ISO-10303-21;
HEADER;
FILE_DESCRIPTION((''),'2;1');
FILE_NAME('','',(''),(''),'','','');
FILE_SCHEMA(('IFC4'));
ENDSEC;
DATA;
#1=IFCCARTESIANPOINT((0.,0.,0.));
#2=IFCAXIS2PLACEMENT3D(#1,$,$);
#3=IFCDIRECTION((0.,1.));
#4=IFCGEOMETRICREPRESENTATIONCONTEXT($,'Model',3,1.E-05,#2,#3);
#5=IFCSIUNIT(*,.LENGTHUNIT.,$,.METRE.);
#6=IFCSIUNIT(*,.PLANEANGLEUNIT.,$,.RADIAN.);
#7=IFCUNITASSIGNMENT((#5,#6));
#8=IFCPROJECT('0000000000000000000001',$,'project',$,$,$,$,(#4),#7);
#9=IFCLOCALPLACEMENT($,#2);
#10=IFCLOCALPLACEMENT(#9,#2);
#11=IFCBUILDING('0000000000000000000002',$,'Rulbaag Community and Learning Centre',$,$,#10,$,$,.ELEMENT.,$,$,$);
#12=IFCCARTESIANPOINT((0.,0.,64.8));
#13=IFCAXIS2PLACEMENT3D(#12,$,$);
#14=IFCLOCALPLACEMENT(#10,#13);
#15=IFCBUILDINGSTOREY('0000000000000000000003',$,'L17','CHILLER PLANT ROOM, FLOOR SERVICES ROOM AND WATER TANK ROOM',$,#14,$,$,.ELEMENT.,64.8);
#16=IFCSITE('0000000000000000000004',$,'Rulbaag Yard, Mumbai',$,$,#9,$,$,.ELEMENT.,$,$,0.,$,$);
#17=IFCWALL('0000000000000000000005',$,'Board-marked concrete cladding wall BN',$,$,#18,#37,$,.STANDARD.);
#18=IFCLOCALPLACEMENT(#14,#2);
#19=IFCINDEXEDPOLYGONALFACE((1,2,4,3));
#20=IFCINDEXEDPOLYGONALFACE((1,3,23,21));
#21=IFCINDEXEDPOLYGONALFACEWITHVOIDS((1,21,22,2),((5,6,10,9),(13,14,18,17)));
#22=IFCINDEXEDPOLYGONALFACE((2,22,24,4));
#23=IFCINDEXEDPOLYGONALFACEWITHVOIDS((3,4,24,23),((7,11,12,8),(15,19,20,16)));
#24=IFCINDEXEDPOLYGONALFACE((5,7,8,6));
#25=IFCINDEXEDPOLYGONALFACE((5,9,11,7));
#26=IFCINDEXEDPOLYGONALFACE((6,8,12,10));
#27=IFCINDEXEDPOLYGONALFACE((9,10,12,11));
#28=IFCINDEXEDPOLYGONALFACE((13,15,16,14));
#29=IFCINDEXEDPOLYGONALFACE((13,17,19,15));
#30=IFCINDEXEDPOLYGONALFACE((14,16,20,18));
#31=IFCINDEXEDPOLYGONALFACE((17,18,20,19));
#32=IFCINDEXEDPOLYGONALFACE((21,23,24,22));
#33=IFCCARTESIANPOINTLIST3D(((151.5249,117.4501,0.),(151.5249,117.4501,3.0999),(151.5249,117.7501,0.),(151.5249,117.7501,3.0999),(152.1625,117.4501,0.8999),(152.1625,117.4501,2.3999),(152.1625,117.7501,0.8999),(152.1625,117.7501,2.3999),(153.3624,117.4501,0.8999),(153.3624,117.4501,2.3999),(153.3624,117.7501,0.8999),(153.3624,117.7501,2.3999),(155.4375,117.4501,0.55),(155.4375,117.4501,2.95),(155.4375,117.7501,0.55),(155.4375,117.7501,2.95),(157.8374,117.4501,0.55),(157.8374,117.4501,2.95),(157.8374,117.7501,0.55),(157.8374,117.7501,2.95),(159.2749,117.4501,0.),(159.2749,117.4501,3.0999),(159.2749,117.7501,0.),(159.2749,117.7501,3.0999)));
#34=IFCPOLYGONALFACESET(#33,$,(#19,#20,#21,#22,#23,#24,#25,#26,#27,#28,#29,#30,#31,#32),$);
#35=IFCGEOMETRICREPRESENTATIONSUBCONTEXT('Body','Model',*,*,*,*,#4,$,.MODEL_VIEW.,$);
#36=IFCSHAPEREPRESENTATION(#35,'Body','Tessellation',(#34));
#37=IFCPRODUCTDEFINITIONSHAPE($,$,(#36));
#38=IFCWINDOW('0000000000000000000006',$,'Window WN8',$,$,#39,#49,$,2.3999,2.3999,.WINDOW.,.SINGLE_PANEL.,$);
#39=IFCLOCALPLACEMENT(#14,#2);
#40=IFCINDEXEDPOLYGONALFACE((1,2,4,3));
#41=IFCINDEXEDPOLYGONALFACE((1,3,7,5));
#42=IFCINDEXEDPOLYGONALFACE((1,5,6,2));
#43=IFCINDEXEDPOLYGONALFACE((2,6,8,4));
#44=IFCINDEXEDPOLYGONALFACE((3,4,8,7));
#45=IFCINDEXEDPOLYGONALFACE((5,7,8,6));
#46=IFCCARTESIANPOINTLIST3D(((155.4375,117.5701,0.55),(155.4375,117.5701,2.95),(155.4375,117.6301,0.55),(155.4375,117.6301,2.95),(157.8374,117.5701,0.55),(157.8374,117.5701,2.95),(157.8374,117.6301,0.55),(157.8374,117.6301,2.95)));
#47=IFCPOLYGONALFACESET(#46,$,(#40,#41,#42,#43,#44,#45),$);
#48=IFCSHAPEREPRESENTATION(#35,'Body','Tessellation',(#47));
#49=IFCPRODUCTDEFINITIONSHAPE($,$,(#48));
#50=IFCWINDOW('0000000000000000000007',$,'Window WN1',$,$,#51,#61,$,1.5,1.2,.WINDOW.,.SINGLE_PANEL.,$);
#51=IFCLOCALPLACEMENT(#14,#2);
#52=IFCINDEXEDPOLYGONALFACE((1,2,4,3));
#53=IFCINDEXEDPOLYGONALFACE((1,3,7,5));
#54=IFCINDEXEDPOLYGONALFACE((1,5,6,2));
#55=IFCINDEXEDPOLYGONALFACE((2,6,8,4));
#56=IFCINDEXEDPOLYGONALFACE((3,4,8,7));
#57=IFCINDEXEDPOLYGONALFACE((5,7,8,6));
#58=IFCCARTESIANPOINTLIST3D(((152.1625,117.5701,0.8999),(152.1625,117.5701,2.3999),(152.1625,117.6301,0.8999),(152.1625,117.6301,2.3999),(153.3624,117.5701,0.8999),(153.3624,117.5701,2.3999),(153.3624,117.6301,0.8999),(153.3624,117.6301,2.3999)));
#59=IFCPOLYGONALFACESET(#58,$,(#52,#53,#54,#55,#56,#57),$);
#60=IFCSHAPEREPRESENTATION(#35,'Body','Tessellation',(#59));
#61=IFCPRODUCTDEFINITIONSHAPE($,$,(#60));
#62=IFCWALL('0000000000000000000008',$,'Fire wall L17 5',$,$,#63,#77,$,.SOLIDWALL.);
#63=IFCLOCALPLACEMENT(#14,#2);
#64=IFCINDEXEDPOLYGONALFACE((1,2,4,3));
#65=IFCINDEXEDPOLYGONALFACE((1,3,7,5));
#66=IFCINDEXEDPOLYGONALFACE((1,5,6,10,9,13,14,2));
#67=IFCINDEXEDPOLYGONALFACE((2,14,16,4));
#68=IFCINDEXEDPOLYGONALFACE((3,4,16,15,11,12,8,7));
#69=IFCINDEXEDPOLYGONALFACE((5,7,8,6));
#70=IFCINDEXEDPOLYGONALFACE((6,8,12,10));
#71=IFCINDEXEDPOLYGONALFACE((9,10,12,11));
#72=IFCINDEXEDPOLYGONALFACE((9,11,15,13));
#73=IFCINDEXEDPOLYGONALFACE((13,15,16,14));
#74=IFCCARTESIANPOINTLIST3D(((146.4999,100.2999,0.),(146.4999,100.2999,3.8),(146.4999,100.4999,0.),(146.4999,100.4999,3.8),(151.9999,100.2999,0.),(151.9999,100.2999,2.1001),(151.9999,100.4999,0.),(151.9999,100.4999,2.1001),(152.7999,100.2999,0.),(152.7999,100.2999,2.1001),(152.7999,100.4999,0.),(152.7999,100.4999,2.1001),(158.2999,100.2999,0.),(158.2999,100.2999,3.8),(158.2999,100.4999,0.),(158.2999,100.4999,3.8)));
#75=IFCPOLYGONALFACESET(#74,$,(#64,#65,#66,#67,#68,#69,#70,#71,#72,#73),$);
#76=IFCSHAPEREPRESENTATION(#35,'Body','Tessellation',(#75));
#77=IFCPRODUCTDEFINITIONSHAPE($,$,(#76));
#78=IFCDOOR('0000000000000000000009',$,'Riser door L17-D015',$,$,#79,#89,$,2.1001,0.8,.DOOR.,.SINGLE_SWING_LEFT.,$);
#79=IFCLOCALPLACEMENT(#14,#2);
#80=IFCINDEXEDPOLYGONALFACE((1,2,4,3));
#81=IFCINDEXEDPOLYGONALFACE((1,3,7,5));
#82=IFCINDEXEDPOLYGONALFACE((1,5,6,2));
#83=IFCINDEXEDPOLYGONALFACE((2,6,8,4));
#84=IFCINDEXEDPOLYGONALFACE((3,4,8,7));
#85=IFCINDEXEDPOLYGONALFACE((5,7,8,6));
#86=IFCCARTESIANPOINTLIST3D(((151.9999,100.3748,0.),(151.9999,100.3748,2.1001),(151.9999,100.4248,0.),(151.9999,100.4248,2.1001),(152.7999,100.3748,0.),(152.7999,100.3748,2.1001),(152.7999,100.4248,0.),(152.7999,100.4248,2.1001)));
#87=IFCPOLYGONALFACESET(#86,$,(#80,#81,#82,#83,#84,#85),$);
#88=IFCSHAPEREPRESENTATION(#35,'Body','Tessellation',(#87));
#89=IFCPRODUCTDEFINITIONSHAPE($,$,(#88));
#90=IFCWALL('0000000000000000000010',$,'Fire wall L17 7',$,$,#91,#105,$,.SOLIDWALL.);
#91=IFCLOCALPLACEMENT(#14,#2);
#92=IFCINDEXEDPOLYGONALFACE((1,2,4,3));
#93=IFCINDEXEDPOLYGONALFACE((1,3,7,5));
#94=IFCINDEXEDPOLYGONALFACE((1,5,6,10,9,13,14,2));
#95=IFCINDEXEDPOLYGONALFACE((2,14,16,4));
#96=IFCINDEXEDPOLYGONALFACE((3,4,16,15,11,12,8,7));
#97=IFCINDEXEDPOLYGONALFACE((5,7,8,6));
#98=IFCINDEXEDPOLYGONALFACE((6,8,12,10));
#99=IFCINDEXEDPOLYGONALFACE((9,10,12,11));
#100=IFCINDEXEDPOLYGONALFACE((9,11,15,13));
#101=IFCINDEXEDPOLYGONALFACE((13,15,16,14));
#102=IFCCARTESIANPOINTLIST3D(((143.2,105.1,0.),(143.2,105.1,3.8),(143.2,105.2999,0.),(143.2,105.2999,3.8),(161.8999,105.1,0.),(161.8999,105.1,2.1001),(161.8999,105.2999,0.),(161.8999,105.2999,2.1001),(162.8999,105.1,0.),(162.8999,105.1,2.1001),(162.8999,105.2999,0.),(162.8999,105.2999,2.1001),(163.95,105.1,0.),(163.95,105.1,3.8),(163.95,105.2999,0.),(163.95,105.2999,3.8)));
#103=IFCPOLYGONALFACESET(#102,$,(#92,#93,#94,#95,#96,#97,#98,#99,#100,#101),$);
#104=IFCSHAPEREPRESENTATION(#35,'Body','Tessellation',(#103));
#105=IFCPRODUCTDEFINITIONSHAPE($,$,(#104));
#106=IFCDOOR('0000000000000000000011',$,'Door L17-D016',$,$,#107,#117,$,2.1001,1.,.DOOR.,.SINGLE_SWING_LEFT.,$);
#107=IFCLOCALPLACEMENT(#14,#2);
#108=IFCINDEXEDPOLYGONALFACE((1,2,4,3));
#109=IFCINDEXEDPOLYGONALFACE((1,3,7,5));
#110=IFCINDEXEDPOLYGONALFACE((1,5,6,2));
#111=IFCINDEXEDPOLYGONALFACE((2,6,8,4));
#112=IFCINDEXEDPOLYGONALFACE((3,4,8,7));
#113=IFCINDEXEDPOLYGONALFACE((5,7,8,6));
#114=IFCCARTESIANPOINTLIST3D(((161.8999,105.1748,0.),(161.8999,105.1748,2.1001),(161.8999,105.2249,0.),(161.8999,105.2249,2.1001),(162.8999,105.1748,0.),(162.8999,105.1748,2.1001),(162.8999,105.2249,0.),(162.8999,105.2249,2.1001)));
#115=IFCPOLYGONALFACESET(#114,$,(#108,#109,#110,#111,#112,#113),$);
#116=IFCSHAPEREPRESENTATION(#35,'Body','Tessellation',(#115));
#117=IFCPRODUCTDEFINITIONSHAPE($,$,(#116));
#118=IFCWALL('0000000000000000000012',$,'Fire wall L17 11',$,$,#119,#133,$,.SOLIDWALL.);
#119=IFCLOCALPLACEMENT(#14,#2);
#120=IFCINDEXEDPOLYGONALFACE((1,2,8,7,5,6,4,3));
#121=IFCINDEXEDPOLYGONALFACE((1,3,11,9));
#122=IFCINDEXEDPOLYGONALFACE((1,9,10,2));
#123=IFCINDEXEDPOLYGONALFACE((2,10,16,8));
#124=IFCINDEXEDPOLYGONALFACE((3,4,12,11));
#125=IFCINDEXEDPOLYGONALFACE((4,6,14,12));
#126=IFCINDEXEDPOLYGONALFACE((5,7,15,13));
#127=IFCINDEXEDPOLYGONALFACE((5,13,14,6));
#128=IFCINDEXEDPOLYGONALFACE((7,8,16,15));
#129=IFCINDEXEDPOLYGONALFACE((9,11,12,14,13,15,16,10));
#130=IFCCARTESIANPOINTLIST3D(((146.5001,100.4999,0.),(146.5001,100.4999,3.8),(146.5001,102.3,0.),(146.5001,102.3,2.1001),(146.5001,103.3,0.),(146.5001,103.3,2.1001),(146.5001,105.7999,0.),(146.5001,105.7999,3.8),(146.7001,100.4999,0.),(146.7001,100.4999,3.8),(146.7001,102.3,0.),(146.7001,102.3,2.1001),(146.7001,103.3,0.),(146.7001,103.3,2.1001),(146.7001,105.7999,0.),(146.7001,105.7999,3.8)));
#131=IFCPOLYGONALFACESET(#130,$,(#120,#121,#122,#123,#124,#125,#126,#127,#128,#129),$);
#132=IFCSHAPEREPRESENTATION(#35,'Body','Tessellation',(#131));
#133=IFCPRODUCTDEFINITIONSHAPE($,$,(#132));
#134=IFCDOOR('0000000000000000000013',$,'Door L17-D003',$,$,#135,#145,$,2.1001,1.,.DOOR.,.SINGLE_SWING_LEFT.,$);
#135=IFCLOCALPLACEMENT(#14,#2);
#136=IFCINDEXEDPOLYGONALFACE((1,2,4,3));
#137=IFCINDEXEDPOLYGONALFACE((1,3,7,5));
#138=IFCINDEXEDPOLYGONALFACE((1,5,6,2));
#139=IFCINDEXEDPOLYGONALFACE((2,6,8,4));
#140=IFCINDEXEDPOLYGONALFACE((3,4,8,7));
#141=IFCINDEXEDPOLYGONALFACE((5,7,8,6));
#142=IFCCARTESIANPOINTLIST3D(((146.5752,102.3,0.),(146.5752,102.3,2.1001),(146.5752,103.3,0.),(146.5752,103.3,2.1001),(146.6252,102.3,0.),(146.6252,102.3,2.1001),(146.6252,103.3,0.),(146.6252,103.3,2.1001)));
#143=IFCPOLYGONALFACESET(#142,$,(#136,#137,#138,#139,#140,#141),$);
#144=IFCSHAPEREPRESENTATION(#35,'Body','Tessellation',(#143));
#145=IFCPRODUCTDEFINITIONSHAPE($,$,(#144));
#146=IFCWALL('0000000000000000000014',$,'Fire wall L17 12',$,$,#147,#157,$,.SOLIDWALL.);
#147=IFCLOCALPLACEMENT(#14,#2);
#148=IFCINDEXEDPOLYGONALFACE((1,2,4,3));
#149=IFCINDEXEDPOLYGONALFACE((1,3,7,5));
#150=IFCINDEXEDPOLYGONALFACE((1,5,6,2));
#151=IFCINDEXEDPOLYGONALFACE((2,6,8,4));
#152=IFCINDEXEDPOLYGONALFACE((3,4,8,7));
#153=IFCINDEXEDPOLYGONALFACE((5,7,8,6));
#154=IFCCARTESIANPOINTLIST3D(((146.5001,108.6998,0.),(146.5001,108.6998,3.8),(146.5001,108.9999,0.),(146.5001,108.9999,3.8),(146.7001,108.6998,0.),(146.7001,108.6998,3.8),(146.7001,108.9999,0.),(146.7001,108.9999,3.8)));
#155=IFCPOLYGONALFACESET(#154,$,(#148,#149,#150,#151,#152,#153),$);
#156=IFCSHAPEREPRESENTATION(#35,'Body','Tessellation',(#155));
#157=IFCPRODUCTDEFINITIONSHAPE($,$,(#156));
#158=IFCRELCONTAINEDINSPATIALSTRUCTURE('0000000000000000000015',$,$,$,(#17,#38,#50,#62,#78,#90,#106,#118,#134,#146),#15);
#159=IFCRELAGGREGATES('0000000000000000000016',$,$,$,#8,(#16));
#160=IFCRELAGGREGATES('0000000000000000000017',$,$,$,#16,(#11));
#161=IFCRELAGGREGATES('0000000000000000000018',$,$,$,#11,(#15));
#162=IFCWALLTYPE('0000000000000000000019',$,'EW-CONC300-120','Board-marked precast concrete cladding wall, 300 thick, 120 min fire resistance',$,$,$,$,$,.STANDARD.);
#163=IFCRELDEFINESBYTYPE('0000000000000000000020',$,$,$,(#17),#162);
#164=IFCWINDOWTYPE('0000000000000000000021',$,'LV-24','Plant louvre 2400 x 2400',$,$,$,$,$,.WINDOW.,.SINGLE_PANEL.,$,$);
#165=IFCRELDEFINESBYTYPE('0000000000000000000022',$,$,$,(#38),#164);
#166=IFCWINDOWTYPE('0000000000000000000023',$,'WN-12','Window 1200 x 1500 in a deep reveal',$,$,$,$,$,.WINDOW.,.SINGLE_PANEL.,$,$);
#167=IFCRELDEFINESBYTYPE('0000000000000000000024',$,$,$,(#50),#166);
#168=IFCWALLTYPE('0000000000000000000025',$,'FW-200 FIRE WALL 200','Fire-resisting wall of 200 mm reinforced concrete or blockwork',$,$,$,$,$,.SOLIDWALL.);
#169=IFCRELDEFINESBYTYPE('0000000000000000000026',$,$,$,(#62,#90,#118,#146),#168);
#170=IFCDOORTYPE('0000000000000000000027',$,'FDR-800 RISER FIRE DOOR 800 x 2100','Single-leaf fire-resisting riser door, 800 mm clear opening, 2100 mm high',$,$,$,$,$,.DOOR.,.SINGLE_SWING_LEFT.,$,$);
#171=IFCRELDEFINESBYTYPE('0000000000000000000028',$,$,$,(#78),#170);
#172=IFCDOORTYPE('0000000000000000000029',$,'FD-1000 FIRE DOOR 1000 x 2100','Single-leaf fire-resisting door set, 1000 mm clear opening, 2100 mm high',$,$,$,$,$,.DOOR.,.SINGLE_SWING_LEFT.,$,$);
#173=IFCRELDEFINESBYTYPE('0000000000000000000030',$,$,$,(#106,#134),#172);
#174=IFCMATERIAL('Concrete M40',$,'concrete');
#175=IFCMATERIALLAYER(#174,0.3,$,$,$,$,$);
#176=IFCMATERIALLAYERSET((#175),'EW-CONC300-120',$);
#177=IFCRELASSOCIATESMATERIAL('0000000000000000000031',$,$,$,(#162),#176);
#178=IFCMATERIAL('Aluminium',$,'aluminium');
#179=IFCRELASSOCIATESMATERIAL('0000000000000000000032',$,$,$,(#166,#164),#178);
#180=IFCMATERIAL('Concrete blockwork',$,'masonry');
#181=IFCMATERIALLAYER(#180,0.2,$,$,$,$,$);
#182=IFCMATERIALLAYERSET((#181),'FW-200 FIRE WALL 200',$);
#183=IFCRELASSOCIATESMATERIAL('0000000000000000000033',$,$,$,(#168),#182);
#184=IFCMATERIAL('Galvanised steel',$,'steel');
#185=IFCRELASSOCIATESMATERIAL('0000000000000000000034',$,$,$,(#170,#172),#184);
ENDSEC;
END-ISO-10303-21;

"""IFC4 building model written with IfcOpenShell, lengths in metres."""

from ifc_helpers import new_model, si_unit, direction, frame, frame_2d, origin, place, context, subcontext, project, spatial, rectangle, extrude, material, layer, layer_set, type_object, element, fill, save


model = new_model("IFC4")

# Units and contexts
model_context = context("Model", 3, precision=1e-05, world=origin(), true_north=direction((0.0, 1.0)))
body_context = subcontext(model_context, "Body", "Model", "MODEL_VIEW")
ifc_project = project(units=[si_unit("LENGTHUNIT", "METRE"), si_unit("PLANEANGLEUNIT", "RADIAN")], contexts=[model_context])

# Site, building, storey
site_placement = place(None, origin())
site = spatial("IfcSite", under=ifc_project, at=site_placement, Name="Rulbaag Yard, Mumbai", CompositionType="ELEMENT", RefElevation=0.0)
building_placement = place(site_placement, origin())
building = spatial("IfcBuilding", under=site, at=building_placement, Name="Rulbaag Community and Learning Centre", CompositionType="ELEMENT")
storey_placement = place(building_placement, frame((0.0, 0.0, 64.8)))
storey = spatial("IfcBuildingStorey", under=building, at=storey_placement, Name="L17", Description="CHILLER PLANT ROOM, FLOOR SERVICES ROOM AND WATER TANK ROOM", CompositionType="ELEMENT", Elevation=64.8)

# Shared definitions
ifc_material_1 = material(Name="Concrete M40", Category="concrete")

# Wall, openings, windows
ifc_layer_1 = layer(ifc_material_1, 0.3)
ifc_layer_set_1 = layer_set([ifc_layer_1], Name="EW-CONC300-120")
wall_type_1 = type_object("IfcWallType", Name="EW-CONC300-120", Description="Board-marked precast concrete cladding wall, 300 thick, 120 min fire resistance", PredefinedType="STANDARD", material=ifc_layer_set_1)
ifc_material_2 = material(Name="Aluminium", Category="aluminium")
window_type_1 = type_object("IfcWindowType", Name="WN-12", Description="Window 1200 x 1500 in a deep reveal", PartitioningType="SINGLE_PANEL", PredefinedType="WINDOW", material=ifc_material_2)
wall_1_placement = place(storey_placement, frame((151.5249, 117.6001, 0.0), z_axis=(0.0, 0.0, 1.0), x_axis=(1.0, 0.0, 0.0)))
wall_1 = element("IfcWall", 1, at=wall_1_placement, inside=storey, type_object=wall_type_1, Name="Board-marked concrete cladding wall BN", PredefinedType="STANDARD", context=body_context, shape_type="SweptSolid", body=[
    extrude(rectangle(XDim=7.75, YDim=0.3, at=frame_2d((3.875, 0.0))), origin(), (0.0, 0.0, 1.0), 3.0999),
])
opening_1_placement = place(wall_1_placement, frame((0.6375, 0.0, 0.8999)))
opening_1 = element("IfcOpeningElement", 2, at=opening_1_placement, cuts=wall_1, PredefinedType="OPENING", context=body_context, shape_type="SweptSolid", body=[
    extrude(rectangle(XDim=1.2, YDim=1.5, at=frame_2d((0.6001, 0.75))), frame((0.0, 0.1599, 0.0), z_axis=(0.0, -1.0, 0.0), x_axis=(1.0, 0.0, 0.0)), (0.0, 0.0, 1.0), 0.3201),
])
opening_2_placement = place(wall_1_placement, frame((3.9126, 0.0, 0.55)))
opening_2 = element("IfcOpeningElement", 3, at=opening_2_placement, cuts=wall_1, PredefinedType="OPENING", context=body_context, shape_type="SweptSolid", body=[
    extrude(rectangle(XDim=2.3999, YDim=2.3999, at=frame_2d((1.2, 1.2))), frame((0.0, 0.1599, 0.0), z_axis=(0.0, -1.0, 0.0), x_axis=(1.0, 0.0, 0.0)), (0.0, 0.0, 1.0), 0.3201),
])
window_type_2 = type_object("IfcWindowType", Name="LV-24", Description="Plant louvre 2400 x 2400", PartitioningType="SINGLE_PANEL", PredefinedType="WINDOW", material=ifc_material_2)
window_1_placement = place(opening_2_placement, origin())
window_1 = element("IfcWindow", 4, at=window_1_placement, inside=storey, type_object=window_type_2, Name="Window WN8", OverallHeight=2.3999, OverallWidth=2.3999, PartitioningType="SINGLE_PANEL", PredefinedType="WINDOW", context=body_context, shape_type="SweptSolid", body=[
    extrude(rectangle(XDim=2.3999, YDim=2.3999, at=frame_2d((1.2, 1.2))), frame((0.0, 0.03, 0.0), z_axis=(0.0, -1.0, 0.0), x_axis=(1.0, 0.0, 0.0)), (0.0, 0.0, 1.0), 0.0601),
])
fill(opening_2, window_1)
window_2_placement = place(opening_1_placement, origin())
window_2 = element("IfcWindow", 5, at=window_2_placement, inside=storey, type_object=window_type_1, Name="Window WN1", OverallHeight=1.5, OverallWidth=1.2, PartitioningType="SINGLE_PANEL", PredefinedType="WINDOW", context=body_context, shape_type="SweptSolid", body=[
    extrude(rectangle(XDim=1.2, YDim=1.5, at=frame_2d((0.6001, 0.75))), frame((0.0, 0.03, 0.0), z_axis=(0.0, -1.0, 0.0), x_axis=(1.0, 0.0, 0.0)), (0.0, 0.0, 1.0), 0.0601),
])
fill(opening_1, window_2)

# Walls, openings, doors
ifc_material_3 = material(Name="Concrete blockwork", Category="masonry")
ifc_layer_2 = layer(ifc_material_3, 0.2)
ifc_layer_set_2 = layer_set([ifc_layer_2], Name="FW-200 FIRE WALL 200")
wall_type_2 = type_object("IfcWallType", Name="FW-200 FIRE WALL 200", Description="Fire-resisting wall of 200 mm reinforced concrete or blockwork", PredefinedType="SOLIDWALL", material=ifc_layer_set_2)
wall_2_placement = place(storey_placement, frame((146.5, 100.3999, 0.0), z_axis=(0.0, 0.0, 1.0), x_axis=(1.0, 0.0, 0.0)))
wall_2 = element("IfcWall", 6, at=wall_2_placement, inside=storey, type_object=wall_type_2, Name="Fire wall L17 5", PredefinedType="SOLIDWALL", context=body_context, shape_type="SweptSolid", body=[
    extrude(rectangle(XDim=11.8, YDim=0.2, at=frame_2d((5.8999, 0.0))), origin(), (0.0, 0.0, 1.0), 3.8),
])
opening_3_placement = place(wall_2_placement, frame((5.5, 0.0, 0.0)))
opening_3 = element("IfcOpeningElement", 7, at=opening_3_placement, cuts=wall_2, PredefinedType="OPENING", context=body_context, shape_type="SweptSolid", body=[
    extrude(rectangle(XDim=0.8, YDim=2.1001, at=frame_2d((0.3999, 1.05))), frame((0.0, 0.1099, 0.0), z_axis=(0.0, -1.0, 0.0), x_axis=(1.0, 0.0, 0.0)), (0.0, 0.0, 1.0), 0.22),
])
ifc_material_4 = material(Name="Galvanised steel", Category="steel")
door_type_1 = type_object("IfcDoorType", Name="FDR-800 RISER FIRE DOOR 800 x 2100", Description="Single-leaf fire-resisting riser door, 800 mm clear opening, 2100 mm high", OperationType="SINGLE_SWING_LEFT", PredefinedType="DOOR", material=ifc_material_4)
door_1_placement = place(opening_3_placement, origin())
door_1 = element("IfcDoor", 8, at=door_1_placement, inside=storey, type_object=door_type_1, Name="Riser door L17-D015", OperationType="SINGLE_SWING_LEFT", OverallHeight=2.1001, OverallWidth=0.8, PredefinedType="DOOR", context=body_context, shape_type="SweptSolid", body=[
    extrude(rectangle(XDim=0.8, YDim=2.1001, at=frame_2d((0.3999, 1.05))), frame((0.0, 0.0249, 0.0), z_axis=(0.0, -1.0, 0.0), x_axis=(1.0, 0.0, 0.0)), (0.0, 0.0, 1.0), 0.05),
])
fill(opening_3, door_1)
wall_3_placement = place(storey_placement, frame((143.2, 105.2, 0.0), z_axis=(0.0, 0.0, 1.0), x_axis=(1.0, 0.0, 0.0)))
wall_3 = element("IfcWall", 9, at=wall_3_placement, inside=storey, type_object=wall_type_2, Name="Fire wall L17 7", PredefinedType="SOLIDWALL", context=body_context, shape_type="SweptSolid", body=[
    extrude(rectangle(XDim=20.75, YDim=0.2, at=frame_2d((10.375, 0.0))), origin(), (0.0, 0.0, 1.0), 3.8),
])
opening_4_placement = place(wall_3_placement, frame((18.7, 0.0, 0.0)))
opening_4 = element("IfcOpeningElement", 10, at=opening_4_placement, cuts=wall_3, PredefinedType="OPENING", context=body_context, shape_type="SweptSolid", body=[
    extrude(rectangle(XDim=1.0, YDim=2.1001, at=frame_2d((0.5, 1.05))), frame((0.0, 0.1099, 0.0), z_axis=(0.0, -1.0, 0.0), x_axis=(1.0, 0.0, 0.0)), (0.0, 0.0, 1.0), 0.22),
])
door_type_2 = type_object("IfcDoorType", Name="FD-1000 FIRE DOOR 1000 x 2100", Description="Single-leaf fire-resisting door set, 1000 mm clear opening, 2100 mm high", OperationType="SINGLE_SWING_LEFT", PredefinedType="DOOR", material=ifc_material_4)
door_2_placement = place(opening_4_placement, origin())
door_2 = element("IfcDoor", 11, at=door_2_placement, inside=storey, type_object=door_type_2, Name="Door L17-D016", OperationType="SINGLE_SWING_LEFT", OverallHeight=2.1001, OverallWidth=1.0, PredefinedType="DOOR", context=body_context, shape_type="SweptSolid", body=[
    extrude(rectangle(XDim=1.0, YDim=2.1001, at=frame_2d((0.5, 1.05))), frame((0.0, 0.0249, 0.0), z_axis=(0.0, -1.0, 0.0), x_axis=(1.0, 0.0, 0.0)), (0.0, 0.0, 1.0), 0.05),
])
fill(opening_4, door_2)
wall_4_placement = place(storey_placement, frame((146.6001, 100.5, 0.0), z_axis=(0.0, 0.0, 1.0), x_axis=(0.0, 1.0, 0.0)))
wall_4 = element("IfcWall", 12, at=wall_4_placement, inside=storey, type_object=wall_type_2, Name="Fire wall L17 11", PredefinedType="SOLIDWALL", context=body_context, shape_type="SweptSolid", body=[
    extrude(rectangle(XDim=5.3, YDim=0.2, at=frame_2d((2.6499, 0.0))), origin(), (0.0, 0.0, 1.0), 3.8),
])
opening_5_placement = place(wall_4_placement, frame((1.8, 0.0, 0.0)))
opening_5 = element("IfcOpeningElement", 13, at=opening_5_placement, cuts=wall_4, PredefinedType="OPENING", context=body_context, shape_type="SweptSolid", body=[
    extrude(rectangle(XDim=1.0, YDim=2.1001, at=frame_2d((0.5, 1.05))), frame((0.0, 0.1099, 0.0), z_axis=(0.0, -1.0, 0.0), x_axis=(1.0, 0.0, 0.0)), (0.0, 0.0, 1.0), 0.22),
])
door_3_placement = place(opening_5_placement, origin())
door_3 = element("IfcDoor", 14, at=door_3_placement, inside=storey, type_object=door_type_2, Name="Door L17-D003", OperationType="SINGLE_SWING_LEFT", OverallHeight=2.1001, OverallWidth=1.0, PredefinedType="DOOR", context=body_context, shape_type="SweptSolid", body=[
    extrude(rectangle(XDim=1.0, YDim=2.1001, at=frame_2d((0.5, 1.05))), frame((0.0, 0.0249, 0.0), z_axis=(0.0, -1.0, 0.0), x_axis=(1.0, 0.0, 0.0)), (0.0, 0.0, 1.0), 0.05),
])
fill(opening_5, door_3)

# Wall
wall_5_placement = place(storey_placement, frame((146.6001, 108.7, 0.0), z_axis=(0.0, 0.0, 1.0), x_axis=(0.0, 1.0, 0.0)))
element("IfcWall", 15, at=wall_5_placement, inside=storey, type_object=wall_type_2, Name="Fire wall L17 12", PredefinedType="SOLIDWALL", context=body_context, shape_type="SweptSolid", body=[
    extrude(rectangle(XDim=0.3, YDim=0.2, at=frame_2d((0.1499, 0.0))), origin(), (0.0, 0.0, 1.0), 3.8),
])

save(model, "model.ifc")
